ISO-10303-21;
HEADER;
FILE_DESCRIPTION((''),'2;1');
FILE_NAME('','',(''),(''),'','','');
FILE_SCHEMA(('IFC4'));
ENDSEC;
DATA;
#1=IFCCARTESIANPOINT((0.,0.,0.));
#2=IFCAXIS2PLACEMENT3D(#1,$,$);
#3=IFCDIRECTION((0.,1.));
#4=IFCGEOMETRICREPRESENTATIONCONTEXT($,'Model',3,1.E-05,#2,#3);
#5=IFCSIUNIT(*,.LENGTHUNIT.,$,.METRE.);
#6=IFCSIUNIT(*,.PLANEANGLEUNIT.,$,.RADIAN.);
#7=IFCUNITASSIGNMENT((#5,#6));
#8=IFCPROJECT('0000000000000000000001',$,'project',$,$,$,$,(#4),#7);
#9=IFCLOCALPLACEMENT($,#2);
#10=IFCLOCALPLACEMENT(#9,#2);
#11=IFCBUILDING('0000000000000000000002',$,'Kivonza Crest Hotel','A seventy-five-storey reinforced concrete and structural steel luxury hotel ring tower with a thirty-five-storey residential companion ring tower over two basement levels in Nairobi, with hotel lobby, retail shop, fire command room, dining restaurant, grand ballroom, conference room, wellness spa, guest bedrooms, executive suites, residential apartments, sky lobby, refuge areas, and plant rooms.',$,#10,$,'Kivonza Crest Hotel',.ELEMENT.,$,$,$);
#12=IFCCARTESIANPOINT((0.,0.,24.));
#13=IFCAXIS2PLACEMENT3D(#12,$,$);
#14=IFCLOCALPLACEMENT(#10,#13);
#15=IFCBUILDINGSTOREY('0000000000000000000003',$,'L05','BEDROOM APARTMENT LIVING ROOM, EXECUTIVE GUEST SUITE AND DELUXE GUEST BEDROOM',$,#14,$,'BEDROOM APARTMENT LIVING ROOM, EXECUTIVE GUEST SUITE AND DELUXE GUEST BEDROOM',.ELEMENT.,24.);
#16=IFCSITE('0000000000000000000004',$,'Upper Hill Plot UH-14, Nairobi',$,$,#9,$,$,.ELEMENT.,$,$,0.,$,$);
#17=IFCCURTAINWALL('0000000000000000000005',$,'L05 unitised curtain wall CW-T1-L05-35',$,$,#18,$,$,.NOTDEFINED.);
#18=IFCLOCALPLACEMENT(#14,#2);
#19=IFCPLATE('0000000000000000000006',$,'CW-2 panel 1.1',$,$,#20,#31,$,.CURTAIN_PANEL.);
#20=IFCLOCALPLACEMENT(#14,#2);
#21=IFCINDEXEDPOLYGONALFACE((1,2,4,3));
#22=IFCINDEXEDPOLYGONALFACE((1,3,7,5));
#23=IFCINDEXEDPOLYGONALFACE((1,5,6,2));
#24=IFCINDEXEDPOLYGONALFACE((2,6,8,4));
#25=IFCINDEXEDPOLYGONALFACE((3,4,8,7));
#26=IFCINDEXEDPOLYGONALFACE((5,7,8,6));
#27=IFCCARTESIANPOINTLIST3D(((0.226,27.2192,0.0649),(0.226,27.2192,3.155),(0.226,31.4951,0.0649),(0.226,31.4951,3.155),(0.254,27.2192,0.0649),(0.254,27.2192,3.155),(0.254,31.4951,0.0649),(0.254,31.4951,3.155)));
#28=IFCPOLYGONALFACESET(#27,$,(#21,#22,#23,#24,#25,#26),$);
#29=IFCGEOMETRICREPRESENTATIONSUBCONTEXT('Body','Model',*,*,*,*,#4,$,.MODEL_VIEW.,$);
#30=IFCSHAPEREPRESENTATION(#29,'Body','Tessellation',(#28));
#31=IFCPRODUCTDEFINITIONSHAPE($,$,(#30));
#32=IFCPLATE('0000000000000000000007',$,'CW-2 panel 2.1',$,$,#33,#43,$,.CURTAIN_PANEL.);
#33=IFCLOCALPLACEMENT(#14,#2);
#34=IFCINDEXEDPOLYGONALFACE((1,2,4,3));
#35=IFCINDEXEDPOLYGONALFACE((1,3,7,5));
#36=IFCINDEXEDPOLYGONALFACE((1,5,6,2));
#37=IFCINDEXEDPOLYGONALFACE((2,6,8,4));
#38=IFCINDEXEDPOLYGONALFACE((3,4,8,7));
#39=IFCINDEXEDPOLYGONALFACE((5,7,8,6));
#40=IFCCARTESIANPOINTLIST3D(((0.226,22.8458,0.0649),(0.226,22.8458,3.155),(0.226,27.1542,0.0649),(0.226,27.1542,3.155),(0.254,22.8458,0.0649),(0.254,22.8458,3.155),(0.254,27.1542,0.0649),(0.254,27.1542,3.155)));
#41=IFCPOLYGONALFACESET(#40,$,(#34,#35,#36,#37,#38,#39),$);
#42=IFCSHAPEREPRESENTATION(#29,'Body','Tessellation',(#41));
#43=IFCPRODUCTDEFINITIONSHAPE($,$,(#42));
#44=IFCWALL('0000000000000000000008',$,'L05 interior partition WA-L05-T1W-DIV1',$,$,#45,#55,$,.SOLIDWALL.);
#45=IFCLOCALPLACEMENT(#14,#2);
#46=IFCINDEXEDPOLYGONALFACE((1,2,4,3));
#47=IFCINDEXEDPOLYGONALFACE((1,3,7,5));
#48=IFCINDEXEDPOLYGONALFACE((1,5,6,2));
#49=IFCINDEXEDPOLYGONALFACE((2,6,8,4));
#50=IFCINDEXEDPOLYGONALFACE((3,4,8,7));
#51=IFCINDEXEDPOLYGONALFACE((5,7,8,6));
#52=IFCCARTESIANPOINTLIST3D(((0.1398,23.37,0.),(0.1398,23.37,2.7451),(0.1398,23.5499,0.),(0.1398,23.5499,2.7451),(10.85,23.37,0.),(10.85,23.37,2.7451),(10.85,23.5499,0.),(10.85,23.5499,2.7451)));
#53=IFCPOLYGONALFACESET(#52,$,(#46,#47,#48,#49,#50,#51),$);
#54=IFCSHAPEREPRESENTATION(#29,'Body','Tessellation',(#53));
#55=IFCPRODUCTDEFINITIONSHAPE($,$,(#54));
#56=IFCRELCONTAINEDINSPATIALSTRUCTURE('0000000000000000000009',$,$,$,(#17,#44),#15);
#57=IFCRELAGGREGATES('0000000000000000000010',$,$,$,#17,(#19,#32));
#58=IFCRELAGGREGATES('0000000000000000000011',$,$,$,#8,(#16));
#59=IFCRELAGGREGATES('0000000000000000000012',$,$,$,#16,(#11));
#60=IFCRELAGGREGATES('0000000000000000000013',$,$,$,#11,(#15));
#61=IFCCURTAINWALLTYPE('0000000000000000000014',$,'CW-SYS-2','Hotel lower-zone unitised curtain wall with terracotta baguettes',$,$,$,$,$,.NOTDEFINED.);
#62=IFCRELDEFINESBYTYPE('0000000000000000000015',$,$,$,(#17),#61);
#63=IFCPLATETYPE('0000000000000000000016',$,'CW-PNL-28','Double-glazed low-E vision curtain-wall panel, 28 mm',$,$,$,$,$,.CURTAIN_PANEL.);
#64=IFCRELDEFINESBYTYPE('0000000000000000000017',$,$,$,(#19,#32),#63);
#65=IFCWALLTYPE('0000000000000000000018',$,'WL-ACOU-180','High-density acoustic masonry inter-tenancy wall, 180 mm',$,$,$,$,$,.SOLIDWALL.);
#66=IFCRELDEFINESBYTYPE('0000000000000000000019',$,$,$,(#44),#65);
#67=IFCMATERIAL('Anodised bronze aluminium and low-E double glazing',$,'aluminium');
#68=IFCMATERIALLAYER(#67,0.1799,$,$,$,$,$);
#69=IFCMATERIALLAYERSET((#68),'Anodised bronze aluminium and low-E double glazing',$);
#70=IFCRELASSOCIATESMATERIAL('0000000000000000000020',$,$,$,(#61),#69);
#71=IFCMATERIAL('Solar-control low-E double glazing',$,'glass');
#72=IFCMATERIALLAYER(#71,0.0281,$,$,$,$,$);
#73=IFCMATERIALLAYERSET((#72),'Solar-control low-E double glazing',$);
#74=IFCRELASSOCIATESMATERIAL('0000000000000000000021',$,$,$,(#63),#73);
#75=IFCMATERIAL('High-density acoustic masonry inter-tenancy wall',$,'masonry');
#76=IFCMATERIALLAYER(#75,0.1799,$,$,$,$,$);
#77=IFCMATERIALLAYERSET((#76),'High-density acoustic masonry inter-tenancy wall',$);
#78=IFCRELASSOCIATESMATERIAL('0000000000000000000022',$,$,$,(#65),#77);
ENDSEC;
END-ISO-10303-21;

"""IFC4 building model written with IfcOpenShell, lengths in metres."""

from ifc_helpers import new_model, si_unit, direction, frame, frame_2d, origin, origin_2d, place, context, subcontext, project, spatial, rectangle, extrude, material, layer, layer_set, type_object, element, aggregate, save


model = new_model("IFC4")

# Units and contexts
model_context = context("Model", 3, precision=1e-05, world=origin(), true_north=direction((0.0, 1.0)))
body_context = subcontext(model_context, "Body", "Model", "MODEL_VIEW")
ifc_project = project(units=[si_unit("LENGTHUNIT", "METRE"), si_unit("PLANEANGLEUNIT", "RADIAN")], contexts=[model_context])

# Site, building, storey
site_placement = place(None, origin())
site = spatial("IfcSite", under=ifc_project, at=site_placement, Name="Upper Hill Plot UH-14, Nairobi", CompositionType="ELEMENT", RefElevation=0.0)
building_placement = place(site_placement, origin())
building = spatial("IfcBuilding", under=site, at=building_placement, Name="Kivonza Crest Hotel", Description="A seventy-five-storey reinforced concrete and structural steel luxury hotel ring tower with a thirty-five-storey residential companion ring tower over two basement levels in Nairobi, with hotel lobby, retail shop, fire command room, dining restaurant, grand ballroom, conference room, wellness spa, guest bedrooms, executive suites, residential apartments, sky lobby, refuge areas, and plant rooms.", LongName="Kivonza Crest Hotel", CompositionType="ELEMENT")
storey_placement = place(building_placement, frame((0.0, 0.0, 24.0)))
storey = spatial("IfcBuildingStorey", under=building, at=storey_placement, Name="L05", Description="BEDROOM APARTMENT LIVING ROOM, EXECUTIVE GUEST SUITE AND DELUXE GUEST BEDROOM", LongName="BEDROOM APARTMENT LIVING ROOM, EXECUTIVE GUEST SUITE AND DELUXE GUEST BEDROOM", CompositionType="ELEMENT", Elevation=24.0)

# Curtain wall, plates
ifc_material_1 = material(Name="Anodised bronze aluminium and low-E double glazing", Category="aluminium")
ifc_layer_1 = layer(ifc_material_1, 0.1799)
ifc_layer_set_1 = layer_set([ifc_layer_1], Name="Anodised bronze aluminium and low-E double glazing")
curtain_wall_type = type_object("IfcCurtainWallType", Name="CW-SYS-2", Description="Hotel lower-zone unitised curtain wall with terracotta baguettes", PredefinedType="NOTDEFINED", material=ifc_layer_set_1)
curtain_wall_placement = place(storey_placement, origin())
curtain_wall = element("IfcCurtainWall", 1, at=curtain_wall_placement, inside=storey, type_object=curtain_wall_type, Name="L05 unitised curtain wall CW-T1-L05-35", PredefinedType="NOTDEFINED")
ifc_material_2 = material(Name="Solar-control low-E double glazing", Category="glass")
ifc_layer_2 = layer(ifc_material_2, 0.0281)
ifc_layer_set_2 = layer_set([ifc_layer_2], Name="Solar-control low-E double glazing")
plate_type = type_object("IfcPlateType", Name="CW-PNL-28", Description="Double-glazed low-E vision curtain-wall panel, 28 mm", PredefinedType="CURTAIN_PANEL", material=ifc_layer_set_2)
plate_1_placement = place(storey_placement, frame((0.24, 29.3572, 0.0649), z_axis=(0.0, 0.0, 1.0), x_axis=(0.0, -1.0, 0.0)))
plate_1 = element("IfcPlate", 2, at=plate_1_placement, type_object=plate_type, Name="CW-2 panel 1.1", PredefinedType="CURTAIN_PANEL", context=body_context, shape_type="SweptSolid", body=[
    extrude(rectangle(XDim=4.2759, YDim=0.0281, at=origin_2d()), origin(), (0.0, 0.0, 1.0), 3.0901),
])
plate_2_placement = place(storey_placement, frame((0.24, 25.0, 0.0649), z_axis=(0.0, 0.0, 1.0), x_axis=(0.0, -1.0, 0.0)))
plate_2 = element("IfcPlate", 3, at=plate_2_placement, type_object=plate_type, Name="CW-2 panel 2.1", PredefinedType="CURTAIN_PANEL", context=body_context, shape_type="SweptSolid", body=[
    extrude(rectangle(XDim=4.3083, YDim=0.0281, at=origin_2d()), origin(), (0.0, 0.0, 1.0), 3.0901),
])
aggregate(curtain_wall, [plate_1, plate_2])

# Wall
ifc_material_3 = material(Name="High-density acoustic masonry inter-tenancy wall", Category="masonry")
ifc_layer_3 = layer(ifc_material_3, 0.1799)
ifc_layer_set_3 = layer_set([ifc_layer_3], Name="High-density acoustic masonry inter-tenancy wall")
wall_type = type_object("IfcWallType", Name="WL-ACOU-180", Description="High-density acoustic masonry inter-tenancy wall, 180 mm", PredefinedType="SOLIDWALL", material=ifc_layer_set_3)
wall_placement = place(storey_placement, frame((0.1399, 23.46, 0.0), z_axis=(0.0, 0.0, 1.0), x_axis=(1.0, 0.0, 0.0)))
element("IfcWall", 4, at=wall_placement, inside=storey, type_object=wall_type, Name="L05 interior partition WA-L05-T1W-DIV1", PredefinedType="SOLIDWALL", context=body_context, shape_type="SweptSolid", body=[
    extrude(rectangle(XDim=10.7102, YDim=0.1799, at=frame_2d((5.355, 0.0))), origin(), (0.0, 0.0, 1.0), 2.7451),
])

save(model, "model.ifc")
